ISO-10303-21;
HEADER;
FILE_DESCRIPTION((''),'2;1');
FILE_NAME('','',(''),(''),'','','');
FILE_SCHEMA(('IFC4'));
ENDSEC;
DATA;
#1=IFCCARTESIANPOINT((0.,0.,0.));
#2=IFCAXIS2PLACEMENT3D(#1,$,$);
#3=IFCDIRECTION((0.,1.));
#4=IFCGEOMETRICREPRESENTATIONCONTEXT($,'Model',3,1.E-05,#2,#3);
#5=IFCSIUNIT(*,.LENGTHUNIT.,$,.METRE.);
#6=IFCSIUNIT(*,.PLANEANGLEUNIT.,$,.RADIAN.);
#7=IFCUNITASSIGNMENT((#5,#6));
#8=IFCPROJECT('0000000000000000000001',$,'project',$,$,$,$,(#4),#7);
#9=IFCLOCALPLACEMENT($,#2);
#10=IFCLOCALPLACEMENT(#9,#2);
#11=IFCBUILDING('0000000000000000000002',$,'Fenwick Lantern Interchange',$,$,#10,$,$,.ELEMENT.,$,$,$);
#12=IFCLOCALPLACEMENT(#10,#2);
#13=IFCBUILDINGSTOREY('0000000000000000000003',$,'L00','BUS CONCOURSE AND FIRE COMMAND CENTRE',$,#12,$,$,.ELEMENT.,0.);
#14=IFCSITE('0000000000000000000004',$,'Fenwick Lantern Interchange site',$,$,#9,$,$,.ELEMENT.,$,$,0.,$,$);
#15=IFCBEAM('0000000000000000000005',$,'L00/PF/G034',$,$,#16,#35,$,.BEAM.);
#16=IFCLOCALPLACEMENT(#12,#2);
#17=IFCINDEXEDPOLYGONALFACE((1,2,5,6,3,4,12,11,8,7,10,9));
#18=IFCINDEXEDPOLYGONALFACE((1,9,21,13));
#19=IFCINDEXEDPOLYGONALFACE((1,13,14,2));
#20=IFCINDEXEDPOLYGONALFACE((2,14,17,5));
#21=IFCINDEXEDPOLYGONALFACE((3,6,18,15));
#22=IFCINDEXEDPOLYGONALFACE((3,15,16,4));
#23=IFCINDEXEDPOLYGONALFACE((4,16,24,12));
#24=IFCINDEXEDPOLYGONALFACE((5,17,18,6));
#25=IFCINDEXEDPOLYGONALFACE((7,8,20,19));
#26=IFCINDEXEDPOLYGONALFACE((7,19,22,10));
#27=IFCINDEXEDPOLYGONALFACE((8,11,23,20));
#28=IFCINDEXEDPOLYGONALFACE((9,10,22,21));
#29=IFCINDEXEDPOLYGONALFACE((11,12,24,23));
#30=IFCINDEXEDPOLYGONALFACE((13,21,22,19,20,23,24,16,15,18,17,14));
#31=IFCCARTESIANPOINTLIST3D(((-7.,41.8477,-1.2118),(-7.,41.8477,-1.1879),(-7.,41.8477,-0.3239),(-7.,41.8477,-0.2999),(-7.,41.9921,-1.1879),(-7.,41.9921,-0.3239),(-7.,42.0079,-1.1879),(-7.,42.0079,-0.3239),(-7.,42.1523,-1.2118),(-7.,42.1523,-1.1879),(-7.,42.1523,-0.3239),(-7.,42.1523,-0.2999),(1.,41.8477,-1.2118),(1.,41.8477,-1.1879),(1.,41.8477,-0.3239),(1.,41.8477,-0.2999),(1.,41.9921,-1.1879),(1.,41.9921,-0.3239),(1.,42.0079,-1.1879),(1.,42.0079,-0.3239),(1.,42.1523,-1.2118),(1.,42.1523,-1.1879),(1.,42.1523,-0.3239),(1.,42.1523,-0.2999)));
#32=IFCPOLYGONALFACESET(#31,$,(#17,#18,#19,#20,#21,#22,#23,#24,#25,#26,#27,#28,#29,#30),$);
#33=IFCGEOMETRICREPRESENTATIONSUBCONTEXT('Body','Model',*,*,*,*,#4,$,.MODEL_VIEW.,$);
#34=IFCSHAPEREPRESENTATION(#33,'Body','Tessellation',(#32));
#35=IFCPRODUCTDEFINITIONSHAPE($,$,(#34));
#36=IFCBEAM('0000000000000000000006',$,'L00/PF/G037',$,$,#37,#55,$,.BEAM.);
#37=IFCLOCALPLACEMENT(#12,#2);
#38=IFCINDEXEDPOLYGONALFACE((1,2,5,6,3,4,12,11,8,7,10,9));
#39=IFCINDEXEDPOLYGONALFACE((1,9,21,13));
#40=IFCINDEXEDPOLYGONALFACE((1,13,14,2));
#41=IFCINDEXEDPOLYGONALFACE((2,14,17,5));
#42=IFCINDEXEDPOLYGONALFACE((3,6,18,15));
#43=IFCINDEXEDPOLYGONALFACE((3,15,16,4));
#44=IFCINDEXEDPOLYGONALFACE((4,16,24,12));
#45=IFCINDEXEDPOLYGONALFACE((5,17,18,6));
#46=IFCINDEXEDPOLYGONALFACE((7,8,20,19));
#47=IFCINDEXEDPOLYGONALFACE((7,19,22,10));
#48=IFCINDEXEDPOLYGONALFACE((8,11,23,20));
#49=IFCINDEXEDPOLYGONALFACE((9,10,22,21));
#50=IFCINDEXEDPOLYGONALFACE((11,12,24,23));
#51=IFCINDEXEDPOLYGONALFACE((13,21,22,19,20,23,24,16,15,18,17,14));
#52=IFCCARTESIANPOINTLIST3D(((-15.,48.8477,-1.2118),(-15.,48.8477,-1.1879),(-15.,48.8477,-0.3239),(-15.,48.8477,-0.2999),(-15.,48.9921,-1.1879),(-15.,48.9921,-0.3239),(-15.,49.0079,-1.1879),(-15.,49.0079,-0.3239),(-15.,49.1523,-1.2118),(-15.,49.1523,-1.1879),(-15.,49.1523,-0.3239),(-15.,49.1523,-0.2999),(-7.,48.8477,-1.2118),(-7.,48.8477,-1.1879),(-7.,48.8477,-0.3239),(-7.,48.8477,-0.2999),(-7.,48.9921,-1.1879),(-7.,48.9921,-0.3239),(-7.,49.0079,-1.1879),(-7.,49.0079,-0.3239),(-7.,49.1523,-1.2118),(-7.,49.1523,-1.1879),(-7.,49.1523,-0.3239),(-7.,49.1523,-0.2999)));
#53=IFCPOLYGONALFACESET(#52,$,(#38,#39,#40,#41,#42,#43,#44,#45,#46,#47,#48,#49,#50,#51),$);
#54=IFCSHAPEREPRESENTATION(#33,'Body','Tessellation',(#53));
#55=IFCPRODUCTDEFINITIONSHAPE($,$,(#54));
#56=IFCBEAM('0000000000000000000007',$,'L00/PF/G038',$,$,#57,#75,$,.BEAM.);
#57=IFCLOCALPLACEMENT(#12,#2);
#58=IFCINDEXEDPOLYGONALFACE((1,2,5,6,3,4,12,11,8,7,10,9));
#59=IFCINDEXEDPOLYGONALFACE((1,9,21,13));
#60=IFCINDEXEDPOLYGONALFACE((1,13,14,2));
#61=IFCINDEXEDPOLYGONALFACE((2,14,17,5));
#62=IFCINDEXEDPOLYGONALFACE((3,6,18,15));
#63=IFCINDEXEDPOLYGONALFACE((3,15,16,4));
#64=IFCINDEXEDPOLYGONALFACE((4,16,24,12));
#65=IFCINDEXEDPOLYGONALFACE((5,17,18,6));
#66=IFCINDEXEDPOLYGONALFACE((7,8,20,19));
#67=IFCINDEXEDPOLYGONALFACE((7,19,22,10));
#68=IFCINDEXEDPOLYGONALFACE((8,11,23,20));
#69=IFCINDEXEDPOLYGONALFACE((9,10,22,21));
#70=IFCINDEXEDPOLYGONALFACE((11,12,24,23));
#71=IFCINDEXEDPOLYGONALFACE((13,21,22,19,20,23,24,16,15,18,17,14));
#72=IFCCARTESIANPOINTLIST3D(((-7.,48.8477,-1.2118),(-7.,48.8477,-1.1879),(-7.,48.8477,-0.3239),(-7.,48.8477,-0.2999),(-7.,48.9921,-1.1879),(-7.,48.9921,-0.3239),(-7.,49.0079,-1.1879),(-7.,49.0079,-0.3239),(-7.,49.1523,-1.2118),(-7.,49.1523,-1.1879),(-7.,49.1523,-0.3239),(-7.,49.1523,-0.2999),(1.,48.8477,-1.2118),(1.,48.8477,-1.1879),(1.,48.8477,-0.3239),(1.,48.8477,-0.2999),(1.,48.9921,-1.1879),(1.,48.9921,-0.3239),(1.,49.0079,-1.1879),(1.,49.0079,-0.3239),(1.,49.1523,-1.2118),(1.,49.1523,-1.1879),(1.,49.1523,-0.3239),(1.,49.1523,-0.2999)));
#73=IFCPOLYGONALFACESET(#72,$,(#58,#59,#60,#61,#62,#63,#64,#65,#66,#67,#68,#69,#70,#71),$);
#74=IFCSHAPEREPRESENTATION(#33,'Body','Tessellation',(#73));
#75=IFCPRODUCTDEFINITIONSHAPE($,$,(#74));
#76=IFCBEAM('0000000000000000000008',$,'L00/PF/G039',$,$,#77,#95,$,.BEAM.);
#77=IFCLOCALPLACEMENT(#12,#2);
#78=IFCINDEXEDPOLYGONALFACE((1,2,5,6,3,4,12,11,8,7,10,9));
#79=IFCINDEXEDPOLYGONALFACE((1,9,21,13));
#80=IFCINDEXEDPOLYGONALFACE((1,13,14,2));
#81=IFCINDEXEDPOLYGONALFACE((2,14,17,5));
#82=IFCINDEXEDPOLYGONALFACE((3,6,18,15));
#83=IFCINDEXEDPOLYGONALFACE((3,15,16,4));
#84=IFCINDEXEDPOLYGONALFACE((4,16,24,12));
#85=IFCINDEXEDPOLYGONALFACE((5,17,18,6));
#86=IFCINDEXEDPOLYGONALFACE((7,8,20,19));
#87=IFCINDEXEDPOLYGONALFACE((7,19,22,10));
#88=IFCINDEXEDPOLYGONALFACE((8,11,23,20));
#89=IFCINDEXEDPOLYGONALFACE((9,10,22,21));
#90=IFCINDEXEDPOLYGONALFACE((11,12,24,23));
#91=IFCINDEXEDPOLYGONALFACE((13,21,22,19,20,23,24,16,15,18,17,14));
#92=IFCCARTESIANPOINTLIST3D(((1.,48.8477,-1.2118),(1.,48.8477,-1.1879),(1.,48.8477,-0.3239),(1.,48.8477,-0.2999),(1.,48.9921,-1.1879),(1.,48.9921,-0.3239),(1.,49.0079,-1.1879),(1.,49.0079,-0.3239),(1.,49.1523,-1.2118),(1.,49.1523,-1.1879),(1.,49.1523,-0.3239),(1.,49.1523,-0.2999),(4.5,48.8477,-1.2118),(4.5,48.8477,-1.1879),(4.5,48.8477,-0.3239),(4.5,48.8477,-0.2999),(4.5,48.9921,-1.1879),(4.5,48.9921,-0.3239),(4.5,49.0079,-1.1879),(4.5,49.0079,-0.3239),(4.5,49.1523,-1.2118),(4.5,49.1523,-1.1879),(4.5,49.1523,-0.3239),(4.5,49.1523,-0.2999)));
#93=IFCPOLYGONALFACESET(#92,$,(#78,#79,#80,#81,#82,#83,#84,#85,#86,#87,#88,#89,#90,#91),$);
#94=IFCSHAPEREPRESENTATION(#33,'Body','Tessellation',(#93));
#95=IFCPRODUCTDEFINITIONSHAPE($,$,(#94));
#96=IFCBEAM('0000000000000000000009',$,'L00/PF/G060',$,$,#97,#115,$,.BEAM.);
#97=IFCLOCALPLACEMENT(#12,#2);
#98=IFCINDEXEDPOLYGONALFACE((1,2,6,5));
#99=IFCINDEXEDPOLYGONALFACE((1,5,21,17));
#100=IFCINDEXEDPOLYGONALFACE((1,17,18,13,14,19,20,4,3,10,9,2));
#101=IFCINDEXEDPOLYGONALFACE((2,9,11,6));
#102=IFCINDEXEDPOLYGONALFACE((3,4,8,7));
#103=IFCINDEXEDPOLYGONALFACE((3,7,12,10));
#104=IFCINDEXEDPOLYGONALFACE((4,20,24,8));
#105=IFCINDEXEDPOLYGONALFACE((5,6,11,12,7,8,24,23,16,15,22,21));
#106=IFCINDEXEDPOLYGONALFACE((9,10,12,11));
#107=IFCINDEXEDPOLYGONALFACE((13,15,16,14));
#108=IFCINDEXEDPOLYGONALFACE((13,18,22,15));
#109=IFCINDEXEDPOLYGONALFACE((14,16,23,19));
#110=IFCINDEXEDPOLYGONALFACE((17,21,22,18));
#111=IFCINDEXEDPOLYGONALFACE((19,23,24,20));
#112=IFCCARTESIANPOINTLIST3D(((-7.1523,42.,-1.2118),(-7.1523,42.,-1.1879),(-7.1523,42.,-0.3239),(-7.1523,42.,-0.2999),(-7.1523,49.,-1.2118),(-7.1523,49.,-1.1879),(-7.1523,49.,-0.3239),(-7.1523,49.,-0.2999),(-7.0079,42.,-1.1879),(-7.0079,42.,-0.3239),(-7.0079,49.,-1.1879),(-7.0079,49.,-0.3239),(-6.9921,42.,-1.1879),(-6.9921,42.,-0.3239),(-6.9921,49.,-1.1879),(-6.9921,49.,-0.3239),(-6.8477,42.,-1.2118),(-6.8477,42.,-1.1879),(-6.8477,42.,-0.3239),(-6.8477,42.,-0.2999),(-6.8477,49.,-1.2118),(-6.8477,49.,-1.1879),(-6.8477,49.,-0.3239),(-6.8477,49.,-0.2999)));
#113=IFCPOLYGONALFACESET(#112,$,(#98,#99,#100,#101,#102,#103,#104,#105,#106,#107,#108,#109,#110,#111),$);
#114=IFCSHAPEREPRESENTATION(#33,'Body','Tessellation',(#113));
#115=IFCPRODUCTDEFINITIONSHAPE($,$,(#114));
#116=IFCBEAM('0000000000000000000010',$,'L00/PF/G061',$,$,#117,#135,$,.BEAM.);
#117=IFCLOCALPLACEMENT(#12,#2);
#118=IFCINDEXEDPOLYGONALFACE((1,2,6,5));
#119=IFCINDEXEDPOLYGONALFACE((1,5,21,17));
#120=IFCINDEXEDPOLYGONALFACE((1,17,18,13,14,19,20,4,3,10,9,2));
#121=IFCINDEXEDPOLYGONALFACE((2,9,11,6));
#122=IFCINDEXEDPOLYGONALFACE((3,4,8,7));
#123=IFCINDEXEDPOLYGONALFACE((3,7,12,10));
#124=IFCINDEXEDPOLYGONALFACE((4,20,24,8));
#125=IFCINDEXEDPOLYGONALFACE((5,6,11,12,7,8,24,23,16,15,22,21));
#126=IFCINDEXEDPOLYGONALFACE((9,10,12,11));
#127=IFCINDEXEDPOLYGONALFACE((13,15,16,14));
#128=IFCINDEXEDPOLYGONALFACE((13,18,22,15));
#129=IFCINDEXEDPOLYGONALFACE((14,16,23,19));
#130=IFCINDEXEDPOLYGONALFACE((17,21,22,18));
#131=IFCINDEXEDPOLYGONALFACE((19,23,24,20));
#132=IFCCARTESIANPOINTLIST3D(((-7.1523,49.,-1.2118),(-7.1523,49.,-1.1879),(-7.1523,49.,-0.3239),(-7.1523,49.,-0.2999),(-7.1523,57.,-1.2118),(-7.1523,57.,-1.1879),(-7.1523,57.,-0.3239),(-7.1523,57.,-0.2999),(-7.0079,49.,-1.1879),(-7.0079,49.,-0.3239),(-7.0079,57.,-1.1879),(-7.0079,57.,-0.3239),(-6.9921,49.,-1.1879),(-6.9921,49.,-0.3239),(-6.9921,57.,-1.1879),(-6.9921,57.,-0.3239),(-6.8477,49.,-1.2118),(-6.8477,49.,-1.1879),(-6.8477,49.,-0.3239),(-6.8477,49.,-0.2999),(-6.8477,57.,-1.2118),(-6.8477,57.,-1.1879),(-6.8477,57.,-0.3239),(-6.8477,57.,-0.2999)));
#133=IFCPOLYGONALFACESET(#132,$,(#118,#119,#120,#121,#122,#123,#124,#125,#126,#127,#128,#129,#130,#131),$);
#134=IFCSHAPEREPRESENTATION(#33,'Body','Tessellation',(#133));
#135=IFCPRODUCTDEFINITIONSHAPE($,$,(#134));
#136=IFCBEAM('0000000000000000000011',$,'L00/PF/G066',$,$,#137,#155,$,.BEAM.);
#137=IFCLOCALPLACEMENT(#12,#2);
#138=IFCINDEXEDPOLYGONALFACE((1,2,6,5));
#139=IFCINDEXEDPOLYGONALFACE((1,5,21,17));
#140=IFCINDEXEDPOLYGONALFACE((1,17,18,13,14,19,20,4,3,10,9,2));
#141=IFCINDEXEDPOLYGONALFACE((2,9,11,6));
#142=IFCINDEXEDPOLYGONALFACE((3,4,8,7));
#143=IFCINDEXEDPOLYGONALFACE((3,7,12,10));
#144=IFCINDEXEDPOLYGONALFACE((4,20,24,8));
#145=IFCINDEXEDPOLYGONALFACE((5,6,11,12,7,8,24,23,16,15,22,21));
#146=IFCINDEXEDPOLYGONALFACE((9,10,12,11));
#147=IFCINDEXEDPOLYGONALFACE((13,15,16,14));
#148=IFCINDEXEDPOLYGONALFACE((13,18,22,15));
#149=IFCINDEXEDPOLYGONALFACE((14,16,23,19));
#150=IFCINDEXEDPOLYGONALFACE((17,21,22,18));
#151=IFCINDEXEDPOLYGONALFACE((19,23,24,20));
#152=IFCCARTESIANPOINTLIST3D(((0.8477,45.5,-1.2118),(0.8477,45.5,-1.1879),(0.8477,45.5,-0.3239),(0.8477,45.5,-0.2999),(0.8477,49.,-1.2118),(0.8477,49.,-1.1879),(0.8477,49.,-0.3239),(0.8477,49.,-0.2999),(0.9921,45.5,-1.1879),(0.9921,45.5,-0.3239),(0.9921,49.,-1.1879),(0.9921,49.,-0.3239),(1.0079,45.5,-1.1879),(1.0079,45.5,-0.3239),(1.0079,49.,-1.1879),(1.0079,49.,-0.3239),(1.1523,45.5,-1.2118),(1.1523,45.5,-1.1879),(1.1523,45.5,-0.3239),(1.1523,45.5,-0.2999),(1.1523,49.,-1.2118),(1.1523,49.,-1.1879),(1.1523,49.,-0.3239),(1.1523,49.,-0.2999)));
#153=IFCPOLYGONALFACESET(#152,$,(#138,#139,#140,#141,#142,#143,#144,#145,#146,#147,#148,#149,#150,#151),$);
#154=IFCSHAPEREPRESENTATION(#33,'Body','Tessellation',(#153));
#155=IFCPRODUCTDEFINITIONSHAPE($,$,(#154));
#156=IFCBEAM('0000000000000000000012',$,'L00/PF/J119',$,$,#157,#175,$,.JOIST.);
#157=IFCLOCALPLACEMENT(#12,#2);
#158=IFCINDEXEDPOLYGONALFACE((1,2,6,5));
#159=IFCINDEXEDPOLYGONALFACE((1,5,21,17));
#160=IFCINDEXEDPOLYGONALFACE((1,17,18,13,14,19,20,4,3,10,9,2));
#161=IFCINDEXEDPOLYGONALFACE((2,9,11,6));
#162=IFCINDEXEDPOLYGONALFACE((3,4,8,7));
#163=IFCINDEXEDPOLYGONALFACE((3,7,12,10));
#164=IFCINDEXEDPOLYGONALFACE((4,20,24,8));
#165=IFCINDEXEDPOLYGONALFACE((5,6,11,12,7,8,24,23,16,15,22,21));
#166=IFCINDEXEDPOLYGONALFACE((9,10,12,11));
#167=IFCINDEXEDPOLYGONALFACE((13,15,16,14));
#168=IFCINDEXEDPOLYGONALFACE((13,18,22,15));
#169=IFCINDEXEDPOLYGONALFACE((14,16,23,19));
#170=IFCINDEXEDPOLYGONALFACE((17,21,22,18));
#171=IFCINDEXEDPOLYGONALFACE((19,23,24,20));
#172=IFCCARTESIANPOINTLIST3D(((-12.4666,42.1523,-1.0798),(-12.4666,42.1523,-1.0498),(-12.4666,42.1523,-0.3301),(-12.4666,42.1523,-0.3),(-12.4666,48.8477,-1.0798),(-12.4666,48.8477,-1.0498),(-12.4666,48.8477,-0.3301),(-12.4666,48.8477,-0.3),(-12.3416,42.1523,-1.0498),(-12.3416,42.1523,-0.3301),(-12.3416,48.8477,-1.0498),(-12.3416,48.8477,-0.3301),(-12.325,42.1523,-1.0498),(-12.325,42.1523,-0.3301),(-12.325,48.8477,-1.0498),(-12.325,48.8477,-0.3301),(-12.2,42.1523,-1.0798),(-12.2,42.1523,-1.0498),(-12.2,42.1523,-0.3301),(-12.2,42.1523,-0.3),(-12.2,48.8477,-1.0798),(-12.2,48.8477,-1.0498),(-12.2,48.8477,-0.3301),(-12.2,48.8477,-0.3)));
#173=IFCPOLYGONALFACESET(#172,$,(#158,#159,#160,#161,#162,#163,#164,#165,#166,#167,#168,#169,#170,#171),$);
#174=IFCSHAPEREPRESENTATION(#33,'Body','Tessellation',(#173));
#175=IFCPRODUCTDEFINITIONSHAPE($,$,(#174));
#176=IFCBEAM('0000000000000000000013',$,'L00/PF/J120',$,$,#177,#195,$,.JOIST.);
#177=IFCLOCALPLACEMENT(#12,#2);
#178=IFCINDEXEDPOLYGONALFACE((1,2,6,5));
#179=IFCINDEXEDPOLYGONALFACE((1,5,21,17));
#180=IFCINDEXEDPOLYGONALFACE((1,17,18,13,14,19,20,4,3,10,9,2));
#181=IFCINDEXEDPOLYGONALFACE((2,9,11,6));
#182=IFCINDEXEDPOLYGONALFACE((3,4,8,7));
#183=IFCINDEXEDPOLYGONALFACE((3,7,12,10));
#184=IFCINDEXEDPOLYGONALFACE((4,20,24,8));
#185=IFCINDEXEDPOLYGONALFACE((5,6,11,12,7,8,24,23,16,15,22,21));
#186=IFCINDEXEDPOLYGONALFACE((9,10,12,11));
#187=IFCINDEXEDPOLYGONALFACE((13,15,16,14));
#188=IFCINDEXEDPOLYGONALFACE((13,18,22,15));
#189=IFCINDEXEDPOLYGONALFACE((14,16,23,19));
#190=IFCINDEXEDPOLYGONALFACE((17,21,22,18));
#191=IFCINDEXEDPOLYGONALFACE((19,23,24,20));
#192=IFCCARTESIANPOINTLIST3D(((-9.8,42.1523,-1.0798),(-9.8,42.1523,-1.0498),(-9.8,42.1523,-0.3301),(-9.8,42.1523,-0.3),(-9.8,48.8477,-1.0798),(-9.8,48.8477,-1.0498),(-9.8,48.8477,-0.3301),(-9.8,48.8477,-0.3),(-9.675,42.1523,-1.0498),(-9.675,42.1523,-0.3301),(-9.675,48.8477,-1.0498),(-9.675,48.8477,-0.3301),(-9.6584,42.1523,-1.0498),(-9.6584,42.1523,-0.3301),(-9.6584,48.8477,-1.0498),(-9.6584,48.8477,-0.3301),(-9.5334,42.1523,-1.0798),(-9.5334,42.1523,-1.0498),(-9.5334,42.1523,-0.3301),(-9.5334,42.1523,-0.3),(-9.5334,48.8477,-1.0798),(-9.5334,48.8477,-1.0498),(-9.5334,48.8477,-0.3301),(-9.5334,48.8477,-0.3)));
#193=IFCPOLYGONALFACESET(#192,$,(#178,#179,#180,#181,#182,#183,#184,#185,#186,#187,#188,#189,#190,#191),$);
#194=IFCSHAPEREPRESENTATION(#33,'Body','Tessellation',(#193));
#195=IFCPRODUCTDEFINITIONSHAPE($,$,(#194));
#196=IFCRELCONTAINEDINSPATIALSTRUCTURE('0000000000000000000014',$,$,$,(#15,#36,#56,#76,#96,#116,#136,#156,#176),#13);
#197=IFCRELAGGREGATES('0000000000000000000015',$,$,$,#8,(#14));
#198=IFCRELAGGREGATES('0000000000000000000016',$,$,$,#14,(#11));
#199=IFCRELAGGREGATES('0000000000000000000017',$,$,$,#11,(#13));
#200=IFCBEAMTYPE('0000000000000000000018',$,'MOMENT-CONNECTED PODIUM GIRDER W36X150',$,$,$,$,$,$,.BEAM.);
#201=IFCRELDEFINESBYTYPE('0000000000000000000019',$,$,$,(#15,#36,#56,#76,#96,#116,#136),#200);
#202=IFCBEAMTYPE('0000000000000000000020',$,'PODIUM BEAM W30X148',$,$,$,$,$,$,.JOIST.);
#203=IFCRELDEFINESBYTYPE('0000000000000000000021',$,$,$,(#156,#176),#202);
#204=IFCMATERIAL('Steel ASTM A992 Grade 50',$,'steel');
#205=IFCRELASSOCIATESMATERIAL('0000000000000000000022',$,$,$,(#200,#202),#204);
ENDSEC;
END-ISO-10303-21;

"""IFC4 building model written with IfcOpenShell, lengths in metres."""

from ifc_helpers import new_model, si_unit, direction, frame, origin, origin_2d, place, context, subcontext, project, spatial, i_section, extrude, material, material_profile, profile_set, type_object, element, save


model = new_model("IFC4")

# Units and contexts
model_context = context("Model", 3, precision=1e-05, world=origin(), true_north=direction((0.0, 1.0)))
body_context = subcontext(model_context, "Body", "Model", "MODEL_VIEW")
ifc_project = project(units=[si_unit("LENGTHUNIT", "METRE"), si_unit("PLANEANGLEUNIT", "RADIAN")], contexts=[model_context])

# Site, building, storey
site_placement = place(None, origin())
site = spatial("IfcSite", under=ifc_project, at=site_placement, Name="Fenwick Lantern Interchange site", CompositionType="ELEMENT", RefElevation=0.0)
building_placement = place(site_placement, origin())
building = spatial("IfcBuilding", under=site, at=building_placement, Name="Fenwick Lantern Interchange", CompositionType="ELEMENT")
storey_placement = place(building_placement, origin())
storey = spatial("IfcBuildingStorey", under=building, at=storey_placement, Name="L00", Description="BUS CONCOURSE AND FIRE COMMAND CENTRE", CompositionType="ELEMENT", Elevation=0.0)

# Shared definitions
ifc_material_1 = material(Name="Steel ASTM A992 Grade 50", Category="steel")

# Beams
ifc_material_profile_1 = material_profile(ifc_material_1, i_section(OverallWidth=0.3047, OverallDepth=0.9119, WebThickness=0.0159, FlangeThickness=0.0239, at=origin_2d()), Name="W36X150")
ifc_profile_set_1 = profile_set([ifc_material_profile_1], Name="Steel ASTM A992 Grade 50")
beam_type_1 = type_object("IfcBeamType", Name="MOMENT-CONNECTED PODIUM GIRDER W36X150", PredefinedType="BEAM", material=ifc_profile_set_1)
for number, where, z_axis, x_axis, name in (
    (1, (-7.0, 42.0, -0.7559), (1.0, 0.0, 0.0), (0.0, 1.0, 0.0), "L00/PF/G034"),
    (2, (-15.0, 49.0, -0.7559), (1.0, 0.0, 0.0), (0.0, 1.0, 0.0), "L00/PF/G037"),
    (3, (-7.0, 49.0, -0.7559), (1.0, 0.0, 0.0), (0.0, 1.0, 0.0), "L00/PF/G038"),
):
    element("IfcBeam", number, at=place(storey_placement, frame(where, z_axis=z_axis, x_axis=x_axis)), inside=storey, type_object=beam_type_1, Name=name, PredefinedType="BEAM", context=body_context, shape_type="SweptSolid", body=[
        extrude(i_section(OverallWidth=0.3047, OverallDepth=0.9119, WebThickness=0.0159, FlangeThickness=0.0239, at=origin_2d()), origin(), (0.0, 0.0, 1.0), 8.0),
    ])
beam_1_placement = place(storey_placement, frame((1.0, 49.0, -0.7559), z_axis=(1.0, 0.0, 0.0), x_axis=(0.0, 1.0, 0.0)))
element("IfcBeam", 4, at=beam_1_placement, inside=storey, type_object=beam_type_1, Name="L00/PF/G039", PredefinedType="BEAM", context=body_context, shape_type="SweptSolid", body=[
    extrude(i_section(OverallWidth=0.3047, OverallDepth=0.9119, WebThickness=0.0159, FlangeThickness=0.0239, at=origin_2d()), origin(), (0.0, 0.0, 1.0), 3.5),
])
beam_2_placement = place(storey_placement, frame((-7.0, 42.0, -0.7559), z_axis=(0.0, 1.0, 0.0), x_axis=(-1.0, 0.0, 0.0)))
element("IfcBeam", 5, at=beam_2_placement, inside=storey, type_object=beam_type_1, Name="L00/PF/G060", PredefinedType="BEAM", context=body_context, shape_type="SweptSolid", body=[
    extrude(i_section(OverallWidth=0.3047, OverallDepth=0.9119, WebThickness=0.0159, FlangeThickness=0.0239, at=origin_2d()), origin(), (0.0, 0.0, 1.0), 7.0),
])
beam_3_placement = place(storey_placement, frame((-7.0, 49.0, -0.7559), z_axis=(0.0, 1.0, 0.0), x_axis=(-1.0, 0.0, 0.0)))
element("IfcBeam", 6, at=beam_3_placement, inside=storey, type_object=beam_type_1, Name="L00/PF/G061", PredefinedType="BEAM", context=body_context, shape_type="SweptSolid", body=[
    extrude(i_section(OverallWidth=0.3047, OverallDepth=0.9119, WebThickness=0.0159, FlangeThickness=0.0239, at=origin_2d()), origin(), (0.0, 0.0, 1.0), 8.0),
])
beam_4_placement = place(storey_placement, frame((1.0, 45.5, -0.7559), z_axis=(0.0, 1.0, 0.0), x_axis=(-1.0, 0.0, 0.0)))
element("IfcBeam", 7, at=beam_4_placement, inside=storey, type_object=beam_type_1, Name="L00/PF/G066", PredefinedType="BEAM", context=body_context, shape_type="SweptSolid", body=[
    extrude(i_section(OverallWidth=0.3047, OverallDepth=0.9119, WebThickness=0.0159, FlangeThickness=0.0239, at=origin_2d()), origin(), (0.0, 0.0, 1.0), 3.5),
])
ifc_material_profile_2 = material_profile(ifc_material_1, i_section(OverallWidth=0.2666, OverallDepth=0.7798, WebThickness=0.0166, FlangeThickness=0.03, at=origin_2d()), Name="W30X148")
ifc_profile_set_2 = profile_set([ifc_material_profile_2], Name="Steel ASTM A992 Grade 50")
beam_type_2 = type_object("IfcBeamType", Name="PODIUM BEAM W30X148", PredefinedType="JOIST", material=ifc_profile_set_2)
for number, where, z_axis, x_axis, name in (
    (8, (-12.3333, 42.1523, -0.6899), (0.0, 1.0, 0.0), (-1.0, 0.0, 0.0), "L00/PF/J119"),
    (9, (-9.6667, 42.1523, -0.6899), (0.0, 1.0, 0.0), (-1.0, 0.0, 0.0), "L00/PF/J120"),
):
    element("IfcBeam", number, at=place(storey_placement, frame(where, z_axis=z_axis, x_axis=x_axis)), inside=storey, type_object=beam_type_2, Name=name, PredefinedType="JOIST", context=body_context, shape_type="SweptSolid", body=[
        extrude(i_section(OverallWidth=0.2666, OverallDepth=0.7798, WebThickness=0.0166, FlangeThickness=0.03, at=origin_2d()), origin(), (0.0, 0.0, 1.0), 6.6953),
    ])

save(model, "model.ifc")
